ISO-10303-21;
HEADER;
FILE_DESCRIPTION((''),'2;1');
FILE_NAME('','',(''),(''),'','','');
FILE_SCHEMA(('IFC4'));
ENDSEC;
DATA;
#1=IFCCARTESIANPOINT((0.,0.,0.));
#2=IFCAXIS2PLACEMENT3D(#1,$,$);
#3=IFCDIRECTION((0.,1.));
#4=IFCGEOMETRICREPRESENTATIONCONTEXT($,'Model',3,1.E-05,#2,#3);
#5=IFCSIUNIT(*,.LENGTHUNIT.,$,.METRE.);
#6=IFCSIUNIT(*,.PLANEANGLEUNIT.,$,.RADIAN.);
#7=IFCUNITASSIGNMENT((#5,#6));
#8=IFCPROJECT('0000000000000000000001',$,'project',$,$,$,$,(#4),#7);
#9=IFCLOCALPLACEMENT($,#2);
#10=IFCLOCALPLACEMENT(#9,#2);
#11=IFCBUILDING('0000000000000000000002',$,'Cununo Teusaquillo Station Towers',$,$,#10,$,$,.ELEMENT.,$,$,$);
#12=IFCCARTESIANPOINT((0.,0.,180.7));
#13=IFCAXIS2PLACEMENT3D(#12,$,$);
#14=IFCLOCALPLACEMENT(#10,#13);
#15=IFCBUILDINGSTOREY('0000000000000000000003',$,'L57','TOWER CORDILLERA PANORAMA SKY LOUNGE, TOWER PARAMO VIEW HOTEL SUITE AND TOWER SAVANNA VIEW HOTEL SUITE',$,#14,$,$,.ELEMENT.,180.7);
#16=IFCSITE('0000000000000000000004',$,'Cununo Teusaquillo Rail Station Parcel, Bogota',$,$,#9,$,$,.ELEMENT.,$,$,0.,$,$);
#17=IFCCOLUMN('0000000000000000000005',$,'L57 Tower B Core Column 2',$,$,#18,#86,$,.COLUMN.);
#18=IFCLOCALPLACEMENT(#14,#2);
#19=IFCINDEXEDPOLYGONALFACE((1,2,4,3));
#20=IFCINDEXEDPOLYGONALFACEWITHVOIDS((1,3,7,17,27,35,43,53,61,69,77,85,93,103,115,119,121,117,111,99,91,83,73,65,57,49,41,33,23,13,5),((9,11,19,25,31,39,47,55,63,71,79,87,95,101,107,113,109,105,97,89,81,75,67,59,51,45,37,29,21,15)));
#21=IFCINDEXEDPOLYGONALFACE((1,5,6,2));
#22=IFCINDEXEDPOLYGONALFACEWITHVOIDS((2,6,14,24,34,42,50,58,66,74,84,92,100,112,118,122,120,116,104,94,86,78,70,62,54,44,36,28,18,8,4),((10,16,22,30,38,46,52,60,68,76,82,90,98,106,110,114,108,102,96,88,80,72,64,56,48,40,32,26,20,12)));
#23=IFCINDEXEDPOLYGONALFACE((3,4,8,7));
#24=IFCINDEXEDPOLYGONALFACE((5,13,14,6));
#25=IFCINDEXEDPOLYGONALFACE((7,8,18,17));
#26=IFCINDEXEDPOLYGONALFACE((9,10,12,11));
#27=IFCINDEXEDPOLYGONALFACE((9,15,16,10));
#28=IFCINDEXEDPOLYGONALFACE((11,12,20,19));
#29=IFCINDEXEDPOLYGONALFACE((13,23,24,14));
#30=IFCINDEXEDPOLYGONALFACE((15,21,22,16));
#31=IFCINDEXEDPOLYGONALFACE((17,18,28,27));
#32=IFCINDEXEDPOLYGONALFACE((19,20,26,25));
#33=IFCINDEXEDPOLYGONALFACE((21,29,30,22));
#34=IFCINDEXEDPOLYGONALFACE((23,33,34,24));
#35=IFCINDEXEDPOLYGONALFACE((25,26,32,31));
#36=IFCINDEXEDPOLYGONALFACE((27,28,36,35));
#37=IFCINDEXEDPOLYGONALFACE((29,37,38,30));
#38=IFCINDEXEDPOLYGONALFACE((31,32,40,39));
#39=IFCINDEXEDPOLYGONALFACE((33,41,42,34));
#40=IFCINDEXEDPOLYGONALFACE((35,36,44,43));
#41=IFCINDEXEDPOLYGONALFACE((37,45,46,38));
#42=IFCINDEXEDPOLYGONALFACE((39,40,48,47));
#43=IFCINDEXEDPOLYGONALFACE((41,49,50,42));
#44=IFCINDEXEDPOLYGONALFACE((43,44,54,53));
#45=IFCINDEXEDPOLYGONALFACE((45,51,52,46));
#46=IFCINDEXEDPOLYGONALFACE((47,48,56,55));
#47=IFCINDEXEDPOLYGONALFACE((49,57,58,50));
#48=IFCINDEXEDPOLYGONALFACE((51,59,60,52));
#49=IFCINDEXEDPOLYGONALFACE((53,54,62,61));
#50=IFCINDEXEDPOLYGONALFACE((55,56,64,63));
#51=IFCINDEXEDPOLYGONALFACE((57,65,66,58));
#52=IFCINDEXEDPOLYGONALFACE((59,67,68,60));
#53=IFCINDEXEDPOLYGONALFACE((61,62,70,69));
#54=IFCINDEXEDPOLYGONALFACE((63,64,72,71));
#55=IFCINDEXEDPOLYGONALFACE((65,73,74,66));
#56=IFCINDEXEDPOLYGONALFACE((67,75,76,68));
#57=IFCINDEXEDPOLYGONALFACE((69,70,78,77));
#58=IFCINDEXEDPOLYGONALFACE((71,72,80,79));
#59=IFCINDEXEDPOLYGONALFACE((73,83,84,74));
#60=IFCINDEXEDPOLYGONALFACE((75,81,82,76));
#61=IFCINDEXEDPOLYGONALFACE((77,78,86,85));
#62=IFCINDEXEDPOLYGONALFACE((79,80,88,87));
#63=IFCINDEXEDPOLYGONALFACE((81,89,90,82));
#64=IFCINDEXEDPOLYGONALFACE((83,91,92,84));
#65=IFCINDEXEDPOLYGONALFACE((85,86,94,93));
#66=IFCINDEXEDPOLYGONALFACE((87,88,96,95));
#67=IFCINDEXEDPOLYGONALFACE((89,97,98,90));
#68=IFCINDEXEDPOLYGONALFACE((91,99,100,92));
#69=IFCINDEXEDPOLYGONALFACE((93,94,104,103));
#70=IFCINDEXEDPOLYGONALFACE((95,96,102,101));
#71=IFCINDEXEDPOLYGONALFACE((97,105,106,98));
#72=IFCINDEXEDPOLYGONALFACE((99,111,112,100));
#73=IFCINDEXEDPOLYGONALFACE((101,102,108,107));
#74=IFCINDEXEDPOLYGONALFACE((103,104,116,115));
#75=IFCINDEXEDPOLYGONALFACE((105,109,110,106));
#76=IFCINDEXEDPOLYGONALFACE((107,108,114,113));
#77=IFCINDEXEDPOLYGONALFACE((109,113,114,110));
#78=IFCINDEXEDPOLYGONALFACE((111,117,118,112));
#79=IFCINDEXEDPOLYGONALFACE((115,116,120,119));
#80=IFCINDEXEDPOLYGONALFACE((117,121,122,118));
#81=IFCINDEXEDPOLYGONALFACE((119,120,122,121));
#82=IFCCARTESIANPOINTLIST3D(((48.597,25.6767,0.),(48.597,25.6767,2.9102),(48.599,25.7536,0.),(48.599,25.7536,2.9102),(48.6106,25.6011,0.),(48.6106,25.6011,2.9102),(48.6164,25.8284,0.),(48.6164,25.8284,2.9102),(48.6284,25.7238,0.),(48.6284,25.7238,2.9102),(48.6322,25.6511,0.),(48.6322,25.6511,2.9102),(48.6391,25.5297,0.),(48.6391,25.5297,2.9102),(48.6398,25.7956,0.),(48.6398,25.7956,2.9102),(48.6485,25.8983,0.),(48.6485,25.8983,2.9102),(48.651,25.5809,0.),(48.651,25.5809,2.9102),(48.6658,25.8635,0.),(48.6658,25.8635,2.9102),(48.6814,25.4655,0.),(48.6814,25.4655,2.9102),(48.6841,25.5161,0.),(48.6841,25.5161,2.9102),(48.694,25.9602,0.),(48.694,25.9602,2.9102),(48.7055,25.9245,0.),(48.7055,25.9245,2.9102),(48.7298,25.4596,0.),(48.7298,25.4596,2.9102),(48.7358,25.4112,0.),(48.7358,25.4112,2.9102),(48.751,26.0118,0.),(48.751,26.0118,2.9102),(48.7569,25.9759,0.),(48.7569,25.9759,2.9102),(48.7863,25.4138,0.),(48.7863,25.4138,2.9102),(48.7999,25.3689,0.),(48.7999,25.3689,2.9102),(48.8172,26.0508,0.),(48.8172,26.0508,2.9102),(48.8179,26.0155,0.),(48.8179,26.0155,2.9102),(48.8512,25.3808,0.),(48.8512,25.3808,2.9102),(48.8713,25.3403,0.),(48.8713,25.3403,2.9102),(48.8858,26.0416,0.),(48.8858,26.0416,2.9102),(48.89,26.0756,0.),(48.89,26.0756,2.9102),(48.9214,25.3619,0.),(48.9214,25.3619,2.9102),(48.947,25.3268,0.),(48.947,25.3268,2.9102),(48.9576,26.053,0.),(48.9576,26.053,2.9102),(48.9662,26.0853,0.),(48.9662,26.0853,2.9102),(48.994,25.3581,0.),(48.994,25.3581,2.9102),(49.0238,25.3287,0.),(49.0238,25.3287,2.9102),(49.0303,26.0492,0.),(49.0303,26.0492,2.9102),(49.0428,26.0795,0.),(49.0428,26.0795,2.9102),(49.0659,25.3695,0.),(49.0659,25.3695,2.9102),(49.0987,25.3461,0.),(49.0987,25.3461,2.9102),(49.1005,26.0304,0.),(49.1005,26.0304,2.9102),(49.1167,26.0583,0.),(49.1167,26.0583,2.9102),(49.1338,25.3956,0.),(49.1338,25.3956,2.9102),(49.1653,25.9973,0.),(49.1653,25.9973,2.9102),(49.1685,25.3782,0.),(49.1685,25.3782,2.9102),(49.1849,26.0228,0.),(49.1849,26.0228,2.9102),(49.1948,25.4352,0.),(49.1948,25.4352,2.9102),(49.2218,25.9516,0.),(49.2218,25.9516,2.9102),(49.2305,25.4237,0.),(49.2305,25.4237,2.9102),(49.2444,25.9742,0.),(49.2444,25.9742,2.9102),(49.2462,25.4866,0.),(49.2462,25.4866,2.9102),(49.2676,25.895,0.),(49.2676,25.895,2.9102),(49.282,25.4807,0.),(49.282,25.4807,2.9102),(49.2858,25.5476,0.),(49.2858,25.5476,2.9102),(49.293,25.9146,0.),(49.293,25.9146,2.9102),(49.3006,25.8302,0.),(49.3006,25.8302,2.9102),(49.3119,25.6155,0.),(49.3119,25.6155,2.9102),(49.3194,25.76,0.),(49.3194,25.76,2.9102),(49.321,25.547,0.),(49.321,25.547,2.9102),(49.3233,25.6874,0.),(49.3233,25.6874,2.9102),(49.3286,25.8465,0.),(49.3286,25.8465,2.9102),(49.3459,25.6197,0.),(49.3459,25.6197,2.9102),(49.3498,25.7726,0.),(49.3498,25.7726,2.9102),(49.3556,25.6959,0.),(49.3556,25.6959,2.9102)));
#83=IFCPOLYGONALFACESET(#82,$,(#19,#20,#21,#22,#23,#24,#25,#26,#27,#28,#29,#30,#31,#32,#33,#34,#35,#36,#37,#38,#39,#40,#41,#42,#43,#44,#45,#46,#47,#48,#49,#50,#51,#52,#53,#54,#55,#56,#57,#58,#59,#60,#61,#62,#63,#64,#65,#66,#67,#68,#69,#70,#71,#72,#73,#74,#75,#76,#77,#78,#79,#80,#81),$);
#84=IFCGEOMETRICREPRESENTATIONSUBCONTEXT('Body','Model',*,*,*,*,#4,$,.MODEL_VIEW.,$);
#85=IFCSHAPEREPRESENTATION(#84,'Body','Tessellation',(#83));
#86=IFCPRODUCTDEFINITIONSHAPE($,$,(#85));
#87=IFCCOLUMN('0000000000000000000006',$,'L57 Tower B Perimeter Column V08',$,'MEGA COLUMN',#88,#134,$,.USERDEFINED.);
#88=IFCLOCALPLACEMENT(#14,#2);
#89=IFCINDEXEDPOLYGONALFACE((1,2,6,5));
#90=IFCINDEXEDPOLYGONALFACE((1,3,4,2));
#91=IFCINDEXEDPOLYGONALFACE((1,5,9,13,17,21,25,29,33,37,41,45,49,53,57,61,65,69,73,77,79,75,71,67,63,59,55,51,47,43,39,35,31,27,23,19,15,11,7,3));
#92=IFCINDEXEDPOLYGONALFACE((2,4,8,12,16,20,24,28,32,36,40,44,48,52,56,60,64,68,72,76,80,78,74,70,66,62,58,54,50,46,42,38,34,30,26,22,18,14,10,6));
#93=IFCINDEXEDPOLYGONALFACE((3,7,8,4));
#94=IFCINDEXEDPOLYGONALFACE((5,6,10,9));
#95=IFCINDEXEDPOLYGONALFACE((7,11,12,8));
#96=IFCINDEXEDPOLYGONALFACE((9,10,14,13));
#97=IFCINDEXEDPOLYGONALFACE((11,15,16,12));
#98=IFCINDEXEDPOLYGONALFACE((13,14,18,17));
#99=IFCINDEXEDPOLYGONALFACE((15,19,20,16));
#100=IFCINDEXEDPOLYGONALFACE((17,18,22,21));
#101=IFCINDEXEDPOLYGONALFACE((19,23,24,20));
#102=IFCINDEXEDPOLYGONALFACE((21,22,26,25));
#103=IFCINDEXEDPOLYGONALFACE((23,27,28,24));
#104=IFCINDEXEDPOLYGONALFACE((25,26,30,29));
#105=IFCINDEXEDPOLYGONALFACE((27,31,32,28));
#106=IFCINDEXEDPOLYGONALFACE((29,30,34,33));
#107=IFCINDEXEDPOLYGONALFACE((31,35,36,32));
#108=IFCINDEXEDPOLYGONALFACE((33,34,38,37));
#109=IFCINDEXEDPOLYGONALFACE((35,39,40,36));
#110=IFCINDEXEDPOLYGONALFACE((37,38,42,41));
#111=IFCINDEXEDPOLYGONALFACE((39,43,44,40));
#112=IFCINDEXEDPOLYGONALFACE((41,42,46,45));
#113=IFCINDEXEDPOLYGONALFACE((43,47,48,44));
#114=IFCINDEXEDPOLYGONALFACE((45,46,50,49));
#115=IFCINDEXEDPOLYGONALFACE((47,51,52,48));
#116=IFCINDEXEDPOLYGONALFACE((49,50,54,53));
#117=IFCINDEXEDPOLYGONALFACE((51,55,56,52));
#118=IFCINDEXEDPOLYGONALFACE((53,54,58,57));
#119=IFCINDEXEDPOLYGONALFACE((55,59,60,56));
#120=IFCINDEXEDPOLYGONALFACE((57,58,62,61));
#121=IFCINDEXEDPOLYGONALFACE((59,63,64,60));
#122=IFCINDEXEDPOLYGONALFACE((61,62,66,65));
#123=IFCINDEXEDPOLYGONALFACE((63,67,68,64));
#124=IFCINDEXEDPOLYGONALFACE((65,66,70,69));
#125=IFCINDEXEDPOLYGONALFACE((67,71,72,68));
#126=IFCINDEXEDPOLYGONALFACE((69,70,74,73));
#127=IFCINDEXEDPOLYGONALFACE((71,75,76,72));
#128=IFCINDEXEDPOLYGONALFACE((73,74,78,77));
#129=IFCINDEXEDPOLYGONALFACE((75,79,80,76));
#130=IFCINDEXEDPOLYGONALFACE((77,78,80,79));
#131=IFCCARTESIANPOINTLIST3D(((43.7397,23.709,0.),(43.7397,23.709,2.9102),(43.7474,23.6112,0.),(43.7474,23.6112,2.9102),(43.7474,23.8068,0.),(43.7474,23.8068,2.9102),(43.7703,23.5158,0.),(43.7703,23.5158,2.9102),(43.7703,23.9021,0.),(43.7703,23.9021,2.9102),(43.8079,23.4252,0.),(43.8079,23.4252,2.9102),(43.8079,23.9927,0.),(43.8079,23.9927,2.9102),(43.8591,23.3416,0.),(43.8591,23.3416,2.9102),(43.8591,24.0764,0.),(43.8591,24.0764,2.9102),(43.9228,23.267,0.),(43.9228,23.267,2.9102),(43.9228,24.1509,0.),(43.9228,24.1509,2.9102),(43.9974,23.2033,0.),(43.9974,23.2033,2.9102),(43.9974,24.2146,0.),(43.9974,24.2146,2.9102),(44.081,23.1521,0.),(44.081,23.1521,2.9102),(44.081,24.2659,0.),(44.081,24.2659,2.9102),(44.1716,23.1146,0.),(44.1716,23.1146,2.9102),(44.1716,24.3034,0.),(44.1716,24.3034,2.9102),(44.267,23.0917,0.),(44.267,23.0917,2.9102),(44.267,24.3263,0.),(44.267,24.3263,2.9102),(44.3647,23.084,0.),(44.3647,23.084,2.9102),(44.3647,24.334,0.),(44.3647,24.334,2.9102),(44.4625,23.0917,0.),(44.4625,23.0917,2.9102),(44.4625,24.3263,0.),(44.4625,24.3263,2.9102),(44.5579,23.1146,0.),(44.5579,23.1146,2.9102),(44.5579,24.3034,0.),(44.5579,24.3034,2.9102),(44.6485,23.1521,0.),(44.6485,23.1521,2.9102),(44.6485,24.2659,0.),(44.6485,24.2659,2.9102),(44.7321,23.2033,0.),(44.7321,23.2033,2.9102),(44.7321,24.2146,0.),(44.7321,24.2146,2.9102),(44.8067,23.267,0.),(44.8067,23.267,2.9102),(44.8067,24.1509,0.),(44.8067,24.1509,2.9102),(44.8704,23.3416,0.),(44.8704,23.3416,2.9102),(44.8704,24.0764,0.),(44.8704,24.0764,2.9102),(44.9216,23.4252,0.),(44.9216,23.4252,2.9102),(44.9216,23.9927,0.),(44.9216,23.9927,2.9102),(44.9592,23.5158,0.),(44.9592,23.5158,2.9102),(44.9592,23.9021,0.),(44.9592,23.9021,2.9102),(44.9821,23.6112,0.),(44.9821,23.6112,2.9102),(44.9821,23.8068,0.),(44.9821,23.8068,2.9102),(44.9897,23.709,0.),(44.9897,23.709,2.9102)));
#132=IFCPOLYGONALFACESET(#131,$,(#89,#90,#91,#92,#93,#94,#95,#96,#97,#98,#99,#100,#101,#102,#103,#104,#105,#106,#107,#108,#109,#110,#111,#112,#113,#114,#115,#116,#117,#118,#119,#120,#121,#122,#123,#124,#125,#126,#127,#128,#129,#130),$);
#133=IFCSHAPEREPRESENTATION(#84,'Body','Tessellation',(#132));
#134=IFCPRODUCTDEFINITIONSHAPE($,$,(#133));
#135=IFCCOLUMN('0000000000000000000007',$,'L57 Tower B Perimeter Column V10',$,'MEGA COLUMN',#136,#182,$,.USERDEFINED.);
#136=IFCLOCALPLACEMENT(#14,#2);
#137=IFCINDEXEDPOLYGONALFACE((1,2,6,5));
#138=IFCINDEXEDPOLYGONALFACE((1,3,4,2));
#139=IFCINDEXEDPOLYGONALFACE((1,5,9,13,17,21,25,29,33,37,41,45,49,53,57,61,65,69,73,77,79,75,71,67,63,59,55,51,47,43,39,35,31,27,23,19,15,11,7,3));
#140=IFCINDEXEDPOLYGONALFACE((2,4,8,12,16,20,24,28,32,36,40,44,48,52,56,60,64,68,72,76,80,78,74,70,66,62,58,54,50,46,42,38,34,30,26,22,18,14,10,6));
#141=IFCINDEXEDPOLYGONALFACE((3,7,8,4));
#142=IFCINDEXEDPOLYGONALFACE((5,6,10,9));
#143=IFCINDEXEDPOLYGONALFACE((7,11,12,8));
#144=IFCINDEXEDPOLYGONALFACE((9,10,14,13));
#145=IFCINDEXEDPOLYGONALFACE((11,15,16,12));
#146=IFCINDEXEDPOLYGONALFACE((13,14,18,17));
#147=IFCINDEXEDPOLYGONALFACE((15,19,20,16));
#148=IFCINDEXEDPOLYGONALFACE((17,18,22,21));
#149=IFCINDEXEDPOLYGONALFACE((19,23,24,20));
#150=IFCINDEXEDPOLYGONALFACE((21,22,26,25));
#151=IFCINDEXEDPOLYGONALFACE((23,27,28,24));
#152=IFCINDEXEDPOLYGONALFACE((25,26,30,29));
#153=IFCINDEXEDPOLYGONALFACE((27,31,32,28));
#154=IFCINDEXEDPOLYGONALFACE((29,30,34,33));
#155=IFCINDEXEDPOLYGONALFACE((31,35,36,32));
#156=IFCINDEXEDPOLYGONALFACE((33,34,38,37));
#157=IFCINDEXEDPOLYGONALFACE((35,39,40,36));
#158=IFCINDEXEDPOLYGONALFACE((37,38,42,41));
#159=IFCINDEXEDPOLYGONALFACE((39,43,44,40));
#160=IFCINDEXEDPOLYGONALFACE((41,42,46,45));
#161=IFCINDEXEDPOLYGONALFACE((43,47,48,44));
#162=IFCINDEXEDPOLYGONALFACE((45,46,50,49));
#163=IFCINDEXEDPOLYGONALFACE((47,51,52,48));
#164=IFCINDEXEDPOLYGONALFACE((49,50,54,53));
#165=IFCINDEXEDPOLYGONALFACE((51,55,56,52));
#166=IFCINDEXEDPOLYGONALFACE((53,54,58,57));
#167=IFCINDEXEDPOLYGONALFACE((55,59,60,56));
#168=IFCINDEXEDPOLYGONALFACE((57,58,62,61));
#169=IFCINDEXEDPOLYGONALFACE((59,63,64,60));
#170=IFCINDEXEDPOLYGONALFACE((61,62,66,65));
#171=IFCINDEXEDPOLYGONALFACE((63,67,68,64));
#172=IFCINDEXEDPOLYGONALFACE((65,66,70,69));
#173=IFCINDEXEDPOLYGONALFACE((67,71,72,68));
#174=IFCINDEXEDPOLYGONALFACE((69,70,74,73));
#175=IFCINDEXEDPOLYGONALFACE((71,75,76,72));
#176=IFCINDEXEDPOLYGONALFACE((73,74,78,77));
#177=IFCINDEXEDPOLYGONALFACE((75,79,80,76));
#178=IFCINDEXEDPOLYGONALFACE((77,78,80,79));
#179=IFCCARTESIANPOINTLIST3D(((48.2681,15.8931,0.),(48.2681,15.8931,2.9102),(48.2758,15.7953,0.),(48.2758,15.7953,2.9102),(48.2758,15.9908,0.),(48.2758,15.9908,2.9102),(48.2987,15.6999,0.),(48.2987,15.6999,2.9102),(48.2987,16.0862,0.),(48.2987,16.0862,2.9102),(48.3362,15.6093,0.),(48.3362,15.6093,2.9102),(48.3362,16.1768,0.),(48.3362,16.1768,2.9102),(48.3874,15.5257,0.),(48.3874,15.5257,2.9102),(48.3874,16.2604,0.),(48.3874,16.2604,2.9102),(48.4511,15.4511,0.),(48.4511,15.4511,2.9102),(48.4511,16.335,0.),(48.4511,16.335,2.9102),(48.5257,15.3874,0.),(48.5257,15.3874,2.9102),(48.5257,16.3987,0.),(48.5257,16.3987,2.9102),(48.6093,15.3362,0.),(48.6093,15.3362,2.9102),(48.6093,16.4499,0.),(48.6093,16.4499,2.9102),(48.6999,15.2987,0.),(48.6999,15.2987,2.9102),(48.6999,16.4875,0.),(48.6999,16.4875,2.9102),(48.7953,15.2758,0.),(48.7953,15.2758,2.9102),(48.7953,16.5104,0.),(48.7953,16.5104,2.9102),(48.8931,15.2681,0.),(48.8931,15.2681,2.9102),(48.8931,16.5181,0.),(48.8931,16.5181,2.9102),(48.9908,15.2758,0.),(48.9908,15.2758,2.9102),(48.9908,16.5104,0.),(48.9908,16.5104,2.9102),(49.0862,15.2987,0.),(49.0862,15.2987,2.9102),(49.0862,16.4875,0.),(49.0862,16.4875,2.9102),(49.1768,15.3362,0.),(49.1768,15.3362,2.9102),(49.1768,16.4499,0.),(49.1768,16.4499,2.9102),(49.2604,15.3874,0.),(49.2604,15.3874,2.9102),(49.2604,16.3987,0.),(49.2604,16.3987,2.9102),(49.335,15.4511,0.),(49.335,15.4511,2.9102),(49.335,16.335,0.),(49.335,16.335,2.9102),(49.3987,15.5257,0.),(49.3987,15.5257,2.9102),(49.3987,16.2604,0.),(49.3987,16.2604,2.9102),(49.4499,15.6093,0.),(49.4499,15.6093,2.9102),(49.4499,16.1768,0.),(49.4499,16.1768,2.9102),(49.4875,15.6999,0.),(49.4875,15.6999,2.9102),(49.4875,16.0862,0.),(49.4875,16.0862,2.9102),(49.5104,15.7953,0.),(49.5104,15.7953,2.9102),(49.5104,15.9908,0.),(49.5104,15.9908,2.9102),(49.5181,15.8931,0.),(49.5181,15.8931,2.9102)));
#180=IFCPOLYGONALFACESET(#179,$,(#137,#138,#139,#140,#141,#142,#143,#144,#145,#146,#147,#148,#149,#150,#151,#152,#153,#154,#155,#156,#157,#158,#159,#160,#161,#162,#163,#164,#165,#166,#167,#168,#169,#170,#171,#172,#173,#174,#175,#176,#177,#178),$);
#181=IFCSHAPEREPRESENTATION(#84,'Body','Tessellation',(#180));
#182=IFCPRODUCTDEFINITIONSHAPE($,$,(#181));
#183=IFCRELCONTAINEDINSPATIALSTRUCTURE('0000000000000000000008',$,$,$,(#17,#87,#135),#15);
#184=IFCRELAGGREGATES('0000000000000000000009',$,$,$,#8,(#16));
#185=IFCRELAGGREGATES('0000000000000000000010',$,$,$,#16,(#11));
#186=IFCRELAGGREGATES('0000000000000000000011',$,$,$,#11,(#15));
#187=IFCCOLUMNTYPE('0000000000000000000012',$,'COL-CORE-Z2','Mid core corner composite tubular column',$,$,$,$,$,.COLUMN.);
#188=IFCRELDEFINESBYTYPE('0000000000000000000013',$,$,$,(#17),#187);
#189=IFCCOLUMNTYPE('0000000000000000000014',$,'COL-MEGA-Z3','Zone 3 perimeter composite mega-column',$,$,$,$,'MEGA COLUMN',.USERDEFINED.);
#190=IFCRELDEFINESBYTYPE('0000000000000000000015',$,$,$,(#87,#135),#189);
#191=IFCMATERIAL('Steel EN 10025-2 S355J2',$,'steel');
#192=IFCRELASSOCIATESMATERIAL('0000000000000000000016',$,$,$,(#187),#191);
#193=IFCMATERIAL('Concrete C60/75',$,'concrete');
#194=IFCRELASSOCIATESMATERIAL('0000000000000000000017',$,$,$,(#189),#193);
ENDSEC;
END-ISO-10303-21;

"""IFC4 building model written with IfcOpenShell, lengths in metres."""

from ifc_helpers import new_model, si_unit, direction, frame, origin, origin_2d, place, context, subcontext, project, spatial, circle, hollow_circle, extrude, material, material_profile, profile_set, type_object, element, save


model = new_model("IFC4")

# Units and contexts
model_context = context("Model", 3, precision=1e-05, world=origin(), true_north=direction((0.0, 1.0)))
body_context = subcontext(model_context, "Body", "Model", "MODEL_VIEW")
ifc_project = project(units=[si_unit("LENGTHUNIT", "METRE"), si_unit("PLANEANGLEUNIT", "RADIAN")], contexts=[model_context])

# Site, building, storey
site_placement = place(None, origin())
site = spatial("IfcSite", under=ifc_project, at=site_placement, Name="Cununo Teusaquillo Rail Station Parcel, Bogota", CompositionType="ELEMENT", RefElevation=0.0)
building_placement = place(site_placement, origin())
building = spatial("IfcBuilding", under=site, at=building_placement, Name="Cununo Teusaquillo Station Towers", CompositionType="ELEMENT")
storey_placement = place(building_placement, frame((0.0, 0.0, 180.7)))
storey = spatial("IfcBuildingStorey", under=building, at=storey_placement, Name="L57", Description="TOWER CORDILLERA PANORAMA SKY LOUNGE, TOWER PARAMO VIEW HOTEL SUITE AND TOWER SAVANNA VIEW HOTEL SUITE", CompositionType="ELEMENT", Elevation=180.7)

# Columns
ifc_material_1 = material(Name="Steel EN 10025-2 S355J2", Category="steel")
ifc_material_profile_1 = material_profile(ifc_material_1, hollow_circle(Radius=0.3799, WallThickness=0.032, at=origin_2d()), Name="CHS 760x32")
ifc_profile_set_1 = profile_set([ifc_material_profile_1], Name="Steel EN 10025-2 S355J2")
column_type_1 = type_object("IfcColumnType", Name="COL-CORE-Z2", Description="Mid core corner composite tubular column", PredefinedType="COLUMN", material=ifc_profile_set_1)
column_placement = place(storey_placement, frame((48.9758, 25.7056, 0.0), z_axis=(0.0, 0.0, 1.0), x_axis=(0.707107, 0.707107, 0.0)))
element("IfcColumn", 1, at=column_placement, inside=storey, type_object=column_type_1, Name="L57 Tower B Core Column 2", PredefinedType="COLUMN", context=body_context, shape_type="SweptSolid", body=[
    extrude(hollow_circle(Radius=0.3799, WallThickness=0.032, at=origin_2d()), origin(), (0.0, 0.0, 1.0), 2.9102),
])
ifc_material_2 = material(Name="Concrete C60/75", Category="concrete")
ifc_material_profile_2 = material_profile(ifc_material_2, circle(Radius=0.625, at=origin_2d()), Name="RC-CIRC-1250")
ifc_profile_set_2 = profile_set([ifc_material_profile_2], Name="Concrete C60/75")
column_type_2 = type_object("IfcColumnType", Name="COL-MEGA-Z3", Description="Zone 3 perimeter composite mega-column", ElementType="MEGA COLUMN", PredefinedType="USERDEFINED", material=ifc_profile_set_2)
for number, where, z_axis, x_axis, name in (
    (2, (44.3647, 23.709, 0.0), (0.0, 0.0, 1.0), (1.0, 0.0, 0.0), "L57 Tower B Perimeter Column V08"),
    (3, (48.8931, 15.8931, 0.0), (0.0, 0.0, 1.0), (1.0, 0.0, 0.0), "L57 Tower B Perimeter Column V10"),
):
    element("IfcColumn", number, at=place(storey_placement, frame(where, z_axis=z_axis, x_axis=x_axis)), inside=storey, type_object=column_type_2, Name=name, ObjectType="MEGA COLUMN", PredefinedType="USERDEFINED", context=body_context, shape_type="SweptSolid", body=[
        extrude(circle(Radius=0.625, at=origin_2d()), origin(), (0.0, 0.0, 1.0), 2.9102),
    ])

save(model, "model.ifc")
